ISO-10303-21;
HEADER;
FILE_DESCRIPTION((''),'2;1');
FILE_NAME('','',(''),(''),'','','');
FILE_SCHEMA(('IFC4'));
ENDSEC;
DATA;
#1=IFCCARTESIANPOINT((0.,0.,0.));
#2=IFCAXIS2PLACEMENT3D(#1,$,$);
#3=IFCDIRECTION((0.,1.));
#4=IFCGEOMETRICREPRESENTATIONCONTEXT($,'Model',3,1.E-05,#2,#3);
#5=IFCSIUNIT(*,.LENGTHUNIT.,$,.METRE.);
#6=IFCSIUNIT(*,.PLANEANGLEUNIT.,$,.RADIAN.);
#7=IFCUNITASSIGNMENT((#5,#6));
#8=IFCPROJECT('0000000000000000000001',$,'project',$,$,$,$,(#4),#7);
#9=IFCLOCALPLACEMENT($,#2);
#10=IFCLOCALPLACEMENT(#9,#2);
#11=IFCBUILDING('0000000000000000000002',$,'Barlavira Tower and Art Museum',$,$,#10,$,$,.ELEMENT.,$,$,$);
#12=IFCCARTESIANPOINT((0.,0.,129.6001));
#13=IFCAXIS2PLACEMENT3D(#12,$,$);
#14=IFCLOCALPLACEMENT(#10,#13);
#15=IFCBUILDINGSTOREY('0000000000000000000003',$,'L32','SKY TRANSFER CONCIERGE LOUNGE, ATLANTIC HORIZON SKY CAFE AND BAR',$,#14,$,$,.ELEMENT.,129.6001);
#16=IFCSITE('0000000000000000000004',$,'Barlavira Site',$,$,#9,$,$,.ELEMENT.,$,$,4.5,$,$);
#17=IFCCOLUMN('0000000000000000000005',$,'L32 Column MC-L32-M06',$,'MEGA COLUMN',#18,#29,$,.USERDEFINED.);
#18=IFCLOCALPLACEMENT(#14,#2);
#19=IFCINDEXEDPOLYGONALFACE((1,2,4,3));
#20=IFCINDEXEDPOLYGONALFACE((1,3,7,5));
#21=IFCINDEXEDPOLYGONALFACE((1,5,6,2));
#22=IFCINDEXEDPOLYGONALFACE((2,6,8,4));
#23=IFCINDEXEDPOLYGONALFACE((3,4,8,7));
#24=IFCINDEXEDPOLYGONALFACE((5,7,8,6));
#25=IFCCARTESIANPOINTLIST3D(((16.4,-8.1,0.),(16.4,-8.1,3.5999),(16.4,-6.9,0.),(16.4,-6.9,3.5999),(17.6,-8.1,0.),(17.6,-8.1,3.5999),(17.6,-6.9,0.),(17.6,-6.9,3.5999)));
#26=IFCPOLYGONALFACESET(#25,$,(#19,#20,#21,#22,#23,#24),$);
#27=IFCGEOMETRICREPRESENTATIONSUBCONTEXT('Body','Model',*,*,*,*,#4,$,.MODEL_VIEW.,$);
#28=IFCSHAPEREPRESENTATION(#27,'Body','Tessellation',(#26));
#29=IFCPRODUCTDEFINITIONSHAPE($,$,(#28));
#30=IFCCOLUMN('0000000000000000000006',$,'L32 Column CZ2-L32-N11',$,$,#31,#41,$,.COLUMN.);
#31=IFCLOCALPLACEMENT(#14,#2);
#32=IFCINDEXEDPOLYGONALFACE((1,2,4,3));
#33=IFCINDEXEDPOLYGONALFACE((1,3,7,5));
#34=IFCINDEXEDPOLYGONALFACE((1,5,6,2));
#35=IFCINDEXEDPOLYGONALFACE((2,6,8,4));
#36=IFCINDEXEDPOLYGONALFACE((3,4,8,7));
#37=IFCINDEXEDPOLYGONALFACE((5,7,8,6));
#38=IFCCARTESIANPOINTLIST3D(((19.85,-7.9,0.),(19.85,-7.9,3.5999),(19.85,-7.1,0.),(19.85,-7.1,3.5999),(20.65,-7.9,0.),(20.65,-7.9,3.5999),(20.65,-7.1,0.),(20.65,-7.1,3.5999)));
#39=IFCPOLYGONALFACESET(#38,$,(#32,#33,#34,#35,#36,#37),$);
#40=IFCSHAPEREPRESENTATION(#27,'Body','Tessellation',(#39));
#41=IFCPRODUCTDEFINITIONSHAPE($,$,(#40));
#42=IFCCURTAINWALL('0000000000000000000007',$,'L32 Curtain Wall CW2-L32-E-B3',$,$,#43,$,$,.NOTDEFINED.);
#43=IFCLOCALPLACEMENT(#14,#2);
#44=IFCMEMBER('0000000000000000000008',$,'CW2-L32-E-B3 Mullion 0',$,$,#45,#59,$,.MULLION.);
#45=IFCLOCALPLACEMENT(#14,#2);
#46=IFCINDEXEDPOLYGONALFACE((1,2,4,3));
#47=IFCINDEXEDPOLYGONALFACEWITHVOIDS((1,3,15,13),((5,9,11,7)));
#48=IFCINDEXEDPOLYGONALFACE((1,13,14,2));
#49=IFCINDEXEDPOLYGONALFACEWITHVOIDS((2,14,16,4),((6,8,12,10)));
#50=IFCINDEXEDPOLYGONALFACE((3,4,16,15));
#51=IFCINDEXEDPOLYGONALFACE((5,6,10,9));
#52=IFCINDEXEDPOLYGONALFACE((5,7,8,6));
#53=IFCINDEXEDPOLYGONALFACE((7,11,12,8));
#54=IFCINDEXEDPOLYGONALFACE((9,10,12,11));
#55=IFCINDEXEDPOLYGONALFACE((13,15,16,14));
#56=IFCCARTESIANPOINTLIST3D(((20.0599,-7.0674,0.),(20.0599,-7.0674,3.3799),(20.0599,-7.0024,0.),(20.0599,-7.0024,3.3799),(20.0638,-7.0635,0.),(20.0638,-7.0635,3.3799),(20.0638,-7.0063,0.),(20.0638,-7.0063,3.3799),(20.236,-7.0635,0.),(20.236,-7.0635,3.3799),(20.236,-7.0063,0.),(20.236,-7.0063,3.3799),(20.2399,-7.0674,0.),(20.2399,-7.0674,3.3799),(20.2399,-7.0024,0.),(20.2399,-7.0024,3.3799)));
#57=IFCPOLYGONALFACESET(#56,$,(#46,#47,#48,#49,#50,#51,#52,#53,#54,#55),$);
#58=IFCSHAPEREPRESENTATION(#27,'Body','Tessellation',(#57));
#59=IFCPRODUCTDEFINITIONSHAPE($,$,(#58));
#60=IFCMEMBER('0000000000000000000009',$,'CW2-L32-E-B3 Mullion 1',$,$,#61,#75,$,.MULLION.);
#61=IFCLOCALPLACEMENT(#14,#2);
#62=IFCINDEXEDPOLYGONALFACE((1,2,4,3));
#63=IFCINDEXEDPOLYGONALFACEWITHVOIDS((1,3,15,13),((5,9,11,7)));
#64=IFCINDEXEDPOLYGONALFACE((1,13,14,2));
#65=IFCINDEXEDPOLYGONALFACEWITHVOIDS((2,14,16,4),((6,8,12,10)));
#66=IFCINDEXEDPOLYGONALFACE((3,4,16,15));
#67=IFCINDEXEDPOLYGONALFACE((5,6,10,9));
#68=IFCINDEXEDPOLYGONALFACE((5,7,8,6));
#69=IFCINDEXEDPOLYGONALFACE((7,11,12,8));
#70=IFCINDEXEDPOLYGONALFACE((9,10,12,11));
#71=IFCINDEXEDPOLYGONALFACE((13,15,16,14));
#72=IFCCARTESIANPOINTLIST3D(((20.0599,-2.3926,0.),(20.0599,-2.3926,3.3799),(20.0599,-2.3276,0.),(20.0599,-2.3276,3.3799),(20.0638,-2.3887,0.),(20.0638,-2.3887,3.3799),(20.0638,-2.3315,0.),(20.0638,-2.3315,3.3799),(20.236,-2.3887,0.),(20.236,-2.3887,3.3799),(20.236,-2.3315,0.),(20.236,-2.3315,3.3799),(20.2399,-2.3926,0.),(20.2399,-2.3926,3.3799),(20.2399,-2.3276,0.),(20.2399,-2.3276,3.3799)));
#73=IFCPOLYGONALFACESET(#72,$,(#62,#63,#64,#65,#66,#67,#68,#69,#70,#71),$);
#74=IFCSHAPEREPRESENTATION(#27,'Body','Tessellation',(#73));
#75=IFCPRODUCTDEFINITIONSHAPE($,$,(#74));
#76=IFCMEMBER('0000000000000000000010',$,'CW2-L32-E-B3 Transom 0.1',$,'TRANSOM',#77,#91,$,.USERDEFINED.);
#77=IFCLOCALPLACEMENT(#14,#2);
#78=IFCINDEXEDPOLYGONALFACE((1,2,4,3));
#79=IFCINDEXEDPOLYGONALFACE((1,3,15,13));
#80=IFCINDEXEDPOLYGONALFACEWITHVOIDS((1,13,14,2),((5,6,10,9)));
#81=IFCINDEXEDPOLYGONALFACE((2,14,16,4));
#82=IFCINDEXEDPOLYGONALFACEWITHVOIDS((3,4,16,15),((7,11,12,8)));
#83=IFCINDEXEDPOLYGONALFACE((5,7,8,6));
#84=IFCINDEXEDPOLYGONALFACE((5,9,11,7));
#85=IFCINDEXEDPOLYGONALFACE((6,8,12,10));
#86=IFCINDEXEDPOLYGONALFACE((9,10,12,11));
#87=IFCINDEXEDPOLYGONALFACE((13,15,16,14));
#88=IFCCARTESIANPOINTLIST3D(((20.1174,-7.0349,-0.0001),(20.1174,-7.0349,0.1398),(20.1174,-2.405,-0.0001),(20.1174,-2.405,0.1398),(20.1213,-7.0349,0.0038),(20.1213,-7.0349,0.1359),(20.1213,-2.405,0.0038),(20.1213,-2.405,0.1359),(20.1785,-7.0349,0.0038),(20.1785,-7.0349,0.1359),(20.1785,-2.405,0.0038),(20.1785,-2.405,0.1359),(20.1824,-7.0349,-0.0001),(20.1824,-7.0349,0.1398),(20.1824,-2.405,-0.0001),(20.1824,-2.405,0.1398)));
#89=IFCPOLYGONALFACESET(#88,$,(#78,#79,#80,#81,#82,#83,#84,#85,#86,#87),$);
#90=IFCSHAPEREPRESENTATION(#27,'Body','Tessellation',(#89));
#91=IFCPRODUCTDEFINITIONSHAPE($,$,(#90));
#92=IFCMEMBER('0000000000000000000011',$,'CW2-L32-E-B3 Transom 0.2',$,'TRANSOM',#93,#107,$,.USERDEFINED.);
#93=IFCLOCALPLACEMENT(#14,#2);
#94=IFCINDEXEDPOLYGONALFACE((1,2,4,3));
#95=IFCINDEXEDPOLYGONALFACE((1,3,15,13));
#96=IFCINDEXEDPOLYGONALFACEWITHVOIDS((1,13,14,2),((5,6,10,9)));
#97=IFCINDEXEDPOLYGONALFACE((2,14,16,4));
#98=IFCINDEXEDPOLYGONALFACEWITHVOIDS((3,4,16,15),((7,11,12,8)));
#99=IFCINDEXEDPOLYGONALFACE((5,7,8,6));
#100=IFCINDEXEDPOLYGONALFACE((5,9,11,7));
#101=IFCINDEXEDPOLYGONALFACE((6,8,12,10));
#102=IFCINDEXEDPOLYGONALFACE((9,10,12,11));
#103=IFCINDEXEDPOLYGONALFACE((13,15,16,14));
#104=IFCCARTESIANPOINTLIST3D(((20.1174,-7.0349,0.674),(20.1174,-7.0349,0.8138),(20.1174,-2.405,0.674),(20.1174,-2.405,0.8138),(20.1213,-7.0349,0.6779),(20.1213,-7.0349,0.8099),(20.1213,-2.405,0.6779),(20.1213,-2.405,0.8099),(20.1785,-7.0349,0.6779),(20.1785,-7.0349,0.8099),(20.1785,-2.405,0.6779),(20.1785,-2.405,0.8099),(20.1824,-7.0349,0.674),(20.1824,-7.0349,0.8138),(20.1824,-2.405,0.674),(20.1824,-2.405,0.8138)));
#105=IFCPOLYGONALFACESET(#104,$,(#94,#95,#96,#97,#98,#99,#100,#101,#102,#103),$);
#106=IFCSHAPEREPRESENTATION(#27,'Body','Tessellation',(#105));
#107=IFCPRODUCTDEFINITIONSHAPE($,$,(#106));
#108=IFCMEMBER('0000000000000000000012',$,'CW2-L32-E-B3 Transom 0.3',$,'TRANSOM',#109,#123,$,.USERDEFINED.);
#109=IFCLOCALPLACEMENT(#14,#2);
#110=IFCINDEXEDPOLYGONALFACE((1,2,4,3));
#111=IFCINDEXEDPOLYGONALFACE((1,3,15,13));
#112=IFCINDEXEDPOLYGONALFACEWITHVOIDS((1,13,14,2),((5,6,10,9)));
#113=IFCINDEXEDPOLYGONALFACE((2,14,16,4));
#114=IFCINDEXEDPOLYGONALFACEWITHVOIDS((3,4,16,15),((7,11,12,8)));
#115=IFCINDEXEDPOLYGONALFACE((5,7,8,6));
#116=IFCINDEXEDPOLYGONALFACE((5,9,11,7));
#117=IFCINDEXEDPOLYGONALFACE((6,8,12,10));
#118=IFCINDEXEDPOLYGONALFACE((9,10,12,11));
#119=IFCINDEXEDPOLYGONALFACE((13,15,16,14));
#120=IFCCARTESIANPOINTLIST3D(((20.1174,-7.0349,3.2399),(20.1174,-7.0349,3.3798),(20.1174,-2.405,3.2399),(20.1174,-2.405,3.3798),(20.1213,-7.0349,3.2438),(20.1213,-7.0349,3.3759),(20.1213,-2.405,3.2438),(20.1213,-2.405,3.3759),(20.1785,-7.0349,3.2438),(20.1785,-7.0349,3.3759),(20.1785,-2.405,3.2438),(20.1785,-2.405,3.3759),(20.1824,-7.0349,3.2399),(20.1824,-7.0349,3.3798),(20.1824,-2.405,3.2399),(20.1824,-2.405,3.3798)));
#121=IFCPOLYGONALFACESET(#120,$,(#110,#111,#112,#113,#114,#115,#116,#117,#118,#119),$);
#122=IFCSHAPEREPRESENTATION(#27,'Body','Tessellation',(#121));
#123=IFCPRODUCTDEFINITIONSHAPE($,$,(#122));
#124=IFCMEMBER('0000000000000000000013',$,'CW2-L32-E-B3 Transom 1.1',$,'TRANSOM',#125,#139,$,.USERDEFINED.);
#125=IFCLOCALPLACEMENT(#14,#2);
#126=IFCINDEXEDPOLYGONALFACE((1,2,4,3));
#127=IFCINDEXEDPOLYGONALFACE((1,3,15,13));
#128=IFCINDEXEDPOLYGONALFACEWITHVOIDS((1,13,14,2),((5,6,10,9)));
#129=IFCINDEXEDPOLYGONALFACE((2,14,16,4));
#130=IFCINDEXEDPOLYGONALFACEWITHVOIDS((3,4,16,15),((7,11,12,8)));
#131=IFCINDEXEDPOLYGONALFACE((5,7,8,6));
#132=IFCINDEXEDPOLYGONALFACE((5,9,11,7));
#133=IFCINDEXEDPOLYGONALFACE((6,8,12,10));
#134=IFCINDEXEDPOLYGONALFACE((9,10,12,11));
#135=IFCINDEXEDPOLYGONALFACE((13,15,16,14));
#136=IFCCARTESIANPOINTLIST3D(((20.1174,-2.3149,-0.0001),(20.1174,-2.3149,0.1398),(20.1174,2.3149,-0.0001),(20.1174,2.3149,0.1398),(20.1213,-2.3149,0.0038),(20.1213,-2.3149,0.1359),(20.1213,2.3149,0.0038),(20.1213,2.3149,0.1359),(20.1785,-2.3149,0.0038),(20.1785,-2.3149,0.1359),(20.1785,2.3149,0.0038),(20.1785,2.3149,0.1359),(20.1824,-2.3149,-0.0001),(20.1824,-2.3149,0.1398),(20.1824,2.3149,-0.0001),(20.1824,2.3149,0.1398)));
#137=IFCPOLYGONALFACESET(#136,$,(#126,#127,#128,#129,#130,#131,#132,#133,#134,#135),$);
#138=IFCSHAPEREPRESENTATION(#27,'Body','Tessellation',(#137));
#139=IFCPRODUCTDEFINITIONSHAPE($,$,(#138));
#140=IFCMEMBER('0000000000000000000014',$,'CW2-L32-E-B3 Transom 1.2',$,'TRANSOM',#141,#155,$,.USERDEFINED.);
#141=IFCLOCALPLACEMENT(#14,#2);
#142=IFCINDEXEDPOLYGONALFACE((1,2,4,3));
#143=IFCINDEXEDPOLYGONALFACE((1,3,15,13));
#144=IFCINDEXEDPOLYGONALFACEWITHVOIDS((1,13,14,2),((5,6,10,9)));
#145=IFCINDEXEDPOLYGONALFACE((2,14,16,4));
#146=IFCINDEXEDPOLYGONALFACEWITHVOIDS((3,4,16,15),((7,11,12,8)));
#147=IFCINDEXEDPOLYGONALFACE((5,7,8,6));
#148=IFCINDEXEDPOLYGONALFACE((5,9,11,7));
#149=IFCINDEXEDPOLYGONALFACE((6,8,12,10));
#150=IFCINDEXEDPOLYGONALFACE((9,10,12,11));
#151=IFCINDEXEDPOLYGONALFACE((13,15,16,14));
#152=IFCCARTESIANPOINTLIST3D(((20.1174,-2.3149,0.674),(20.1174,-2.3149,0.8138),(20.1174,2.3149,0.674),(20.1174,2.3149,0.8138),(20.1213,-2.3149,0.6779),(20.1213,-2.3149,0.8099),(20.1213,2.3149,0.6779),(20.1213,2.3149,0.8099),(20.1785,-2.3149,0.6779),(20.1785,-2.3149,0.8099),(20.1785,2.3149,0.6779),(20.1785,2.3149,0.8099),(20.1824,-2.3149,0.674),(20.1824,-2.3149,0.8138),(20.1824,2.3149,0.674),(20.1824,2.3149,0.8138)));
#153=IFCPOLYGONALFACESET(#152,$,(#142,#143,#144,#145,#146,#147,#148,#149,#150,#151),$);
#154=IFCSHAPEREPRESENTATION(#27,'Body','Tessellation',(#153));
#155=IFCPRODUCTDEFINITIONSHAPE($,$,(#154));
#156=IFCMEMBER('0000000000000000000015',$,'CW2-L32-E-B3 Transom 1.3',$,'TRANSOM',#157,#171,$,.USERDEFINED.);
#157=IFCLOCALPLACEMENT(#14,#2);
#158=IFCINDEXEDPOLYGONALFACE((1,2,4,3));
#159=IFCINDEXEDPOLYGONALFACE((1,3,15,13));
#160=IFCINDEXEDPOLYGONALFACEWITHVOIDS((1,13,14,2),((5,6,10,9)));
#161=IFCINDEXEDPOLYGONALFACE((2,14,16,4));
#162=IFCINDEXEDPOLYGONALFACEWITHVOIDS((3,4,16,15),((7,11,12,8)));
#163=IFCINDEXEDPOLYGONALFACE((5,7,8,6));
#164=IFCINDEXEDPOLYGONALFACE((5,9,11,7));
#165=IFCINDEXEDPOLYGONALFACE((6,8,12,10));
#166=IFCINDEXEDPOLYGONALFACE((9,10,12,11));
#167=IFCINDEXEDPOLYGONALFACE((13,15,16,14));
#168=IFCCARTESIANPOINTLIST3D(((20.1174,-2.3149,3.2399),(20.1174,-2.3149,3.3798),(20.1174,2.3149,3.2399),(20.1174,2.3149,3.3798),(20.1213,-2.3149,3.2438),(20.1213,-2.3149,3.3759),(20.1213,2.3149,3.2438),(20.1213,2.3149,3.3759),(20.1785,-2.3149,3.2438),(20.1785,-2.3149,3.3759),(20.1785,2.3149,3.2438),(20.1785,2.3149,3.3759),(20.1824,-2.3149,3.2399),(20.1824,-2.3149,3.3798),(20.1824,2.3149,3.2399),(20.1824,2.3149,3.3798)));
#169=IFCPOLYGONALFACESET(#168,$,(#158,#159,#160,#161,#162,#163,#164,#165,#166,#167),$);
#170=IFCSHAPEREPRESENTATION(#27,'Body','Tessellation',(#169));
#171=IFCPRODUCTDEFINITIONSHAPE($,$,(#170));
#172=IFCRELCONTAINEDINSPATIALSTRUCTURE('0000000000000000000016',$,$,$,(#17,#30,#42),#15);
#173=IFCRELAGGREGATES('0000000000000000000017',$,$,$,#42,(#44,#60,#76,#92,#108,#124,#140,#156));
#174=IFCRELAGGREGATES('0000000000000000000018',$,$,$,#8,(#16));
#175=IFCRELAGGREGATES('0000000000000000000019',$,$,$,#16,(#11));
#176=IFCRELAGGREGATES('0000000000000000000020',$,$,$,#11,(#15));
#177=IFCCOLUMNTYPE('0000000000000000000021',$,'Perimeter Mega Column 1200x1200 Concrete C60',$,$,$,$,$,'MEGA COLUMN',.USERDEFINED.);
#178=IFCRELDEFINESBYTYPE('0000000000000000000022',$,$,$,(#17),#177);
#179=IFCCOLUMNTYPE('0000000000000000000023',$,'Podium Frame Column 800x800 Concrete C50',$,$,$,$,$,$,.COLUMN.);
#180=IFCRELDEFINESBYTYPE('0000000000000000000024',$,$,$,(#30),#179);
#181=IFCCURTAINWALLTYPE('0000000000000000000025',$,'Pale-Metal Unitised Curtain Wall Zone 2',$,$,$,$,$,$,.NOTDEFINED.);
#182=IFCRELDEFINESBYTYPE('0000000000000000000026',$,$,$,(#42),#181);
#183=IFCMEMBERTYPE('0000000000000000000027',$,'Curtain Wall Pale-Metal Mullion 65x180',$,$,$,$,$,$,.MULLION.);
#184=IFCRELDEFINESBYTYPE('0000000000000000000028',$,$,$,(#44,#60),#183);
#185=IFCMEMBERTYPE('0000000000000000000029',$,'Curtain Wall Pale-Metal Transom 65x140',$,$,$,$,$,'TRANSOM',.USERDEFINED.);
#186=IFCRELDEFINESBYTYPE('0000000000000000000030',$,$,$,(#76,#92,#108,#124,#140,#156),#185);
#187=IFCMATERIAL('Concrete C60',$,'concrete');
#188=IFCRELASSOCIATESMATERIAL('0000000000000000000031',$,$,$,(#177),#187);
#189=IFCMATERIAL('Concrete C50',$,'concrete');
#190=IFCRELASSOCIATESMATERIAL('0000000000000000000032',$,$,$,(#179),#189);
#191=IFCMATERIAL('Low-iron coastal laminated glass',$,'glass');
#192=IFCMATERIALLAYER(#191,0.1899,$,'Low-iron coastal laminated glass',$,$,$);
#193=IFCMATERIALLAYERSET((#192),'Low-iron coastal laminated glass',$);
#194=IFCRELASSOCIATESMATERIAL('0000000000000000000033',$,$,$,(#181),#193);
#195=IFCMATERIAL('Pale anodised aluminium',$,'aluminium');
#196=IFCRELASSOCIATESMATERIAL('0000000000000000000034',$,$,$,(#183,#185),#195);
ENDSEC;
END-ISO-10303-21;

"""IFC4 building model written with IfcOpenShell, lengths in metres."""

from ifc_helpers import new_model, si_unit, direction, frame, origin, origin_2d, place, context, subcontext, project, spatial, rectangle, hollow_rectangle, extrude, material, layer, layer_set, material_profile, profile_set, type_object, element, aggregate, save


model = new_model("IFC4")

# Units and contexts
model_context = context("Model", 3, precision=1e-05, world=origin(), true_north=direction((0.0, 1.0)))
body_context = subcontext(model_context, "Body", "Model", "MODEL_VIEW")
ifc_project = project(units=[si_unit("LENGTHUNIT", "METRE"), si_unit("PLANEANGLEUNIT", "RADIAN")], contexts=[model_context])

# Site, building, storey
site_placement = place(None, origin())
site = spatial("IfcSite", under=ifc_project, at=site_placement, Name="Barlavira Site", CompositionType="ELEMENT", RefElevation=4.5)
building_placement = place(site_placement, origin())
building = spatial("IfcBuilding", under=site, at=building_placement, Name="Barlavira Tower and Art Museum", CompositionType="ELEMENT")
storey_placement = place(building_placement, frame((0.0, 0.0, 129.6001)))
storey = spatial("IfcBuildingStorey", under=building, at=storey_placement, Name="L32", Description="SKY TRANSFER CONCIERGE LOUNGE, ATLANTIC HORIZON SKY CAFE AND BAR", CompositionType="ELEMENT", Elevation=129.6001)

# Columns
ifc_material_1 = material(Name="Concrete C60", Category="concrete")
ifc_material_profile_1 = material_profile(ifc_material_1, rectangle(XDim=1.2, YDim=1.2, at=origin_2d()), Name="RC-COL 1200x1200")
ifc_profile_set_1 = profile_set([ifc_material_profile_1], Name="Concrete C60")
column_type_1 = type_object("IfcColumnType", Name="Perimeter Mega Column 1200x1200 Concrete C60", ElementType="MEGA COLUMN", PredefinedType="USERDEFINED", material=ifc_profile_set_1)
column_1_placement = place(storey_placement, frame((17.0, -7.5, 0.0), z_axis=(0.0, 0.0, 1.0), x_axis=(1.0, 0.0, 0.0)))
element("IfcColumn", 1, at=column_1_placement, inside=storey, type_object=column_type_1, Name="L32 Column MC-L32-M06", ObjectType="MEGA COLUMN", PredefinedType="USERDEFINED", context=body_context, shape_type="SweptSolid", body=[
    extrude(rectangle(XDim=1.2, YDim=1.2, at=origin_2d()), origin(), (0.0, 0.0, 1.0), 3.5999),
])
ifc_material_2 = material(Name="Concrete C50", Category="concrete")
ifc_material_profile_2 = material_profile(ifc_material_2, rectangle(XDim=0.8, YDim=0.8, at=origin_2d()), Name="RC-COL 800x800")
ifc_profile_set_2 = profile_set([ifc_material_profile_2], Name="Concrete C50")
column_type_2 = type_object("IfcColumnType", Name="Podium Frame Column 800x800 Concrete C50", PredefinedType="COLUMN", material=ifc_profile_set_2)
column_2_placement = place(storey_placement, frame((20.25, -7.5, 0.0), z_axis=(0.0, 0.0, 1.0), x_axis=(1.0, 0.0, 0.0)))
element("IfcColumn", 2, at=column_2_placement, inside=storey, type_object=column_type_2, Name="L32 Column CZ2-L32-N11", PredefinedType="COLUMN", context=body_context, shape_type="SweptSolid", body=[
    extrude(rectangle(XDim=0.8, YDim=0.8, at=origin_2d()), origin(), (0.0, 0.0, 1.0), 3.5999),
])

# Curtain wall, members
ifc_material_3 = material(Name="Low-iron coastal laminated glass", Category="glass")
ifc_layer_1 = layer(ifc_material_3, 0.1899, Name="Low-iron coastal laminated glass")
ifc_layer_set_1 = layer_set([ifc_layer_1], Name="Low-iron coastal laminated glass")
curtain_wall_type = type_object("IfcCurtainWallType", Name="Pale-Metal Unitised Curtain Wall Zone 2", PredefinedType="NOTDEFINED", material=ifc_layer_set_1)
curtain_wall_placement = place(storey_placement, origin())
curtain_wall = element("IfcCurtainWall", 3, at=curtain_wall_placement, inside=storey, type_object=curtain_wall_type, Name="L32 Curtain Wall CW2-L32-E-B3", PredefinedType="NOTDEFINED")
ifc_material_4 = material(Name="Pale anodised aluminium", Category="aluminium")
ifc_material_profile_3 = material_profile(ifc_material_4, hollow_rectangle(XDim=0.0649, YDim=0.1799, WallThickness=0.0039, at=origin_2d()), Name="ALU-MULL 65x180x4")
ifc_profile_set_3 = profile_set([ifc_material_profile_3], Name="Pale anodised aluminium")
member_type_1 = type_object("IfcMemberType", Name="Curtain Wall Pale-Metal Mullion 65x180", PredefinedType="MULLION", material=ifc_profile_set_3)
member_1_placement = place(storey_placement, frame((20.1499, -7.0349, 0.0), z_axis=(0.0, 0.0, 1.0), x_axis=(0.0, 1.0, 0.0)))
member_1 = element("IfcMember", 4, at=member_1_placement, type_object=member_type_1, Name="CW2-L32-E-B3 Mullion 0", PredefinedType="MULLION", context=body_context, shape_type="SweptSolid", body=[
    extrude(hollow_rectangle(XDim=0.0649, YDim=0.1799, WallThickness=0.0039, at=origin_2d()), origin(), (0.0, 0.0, 1.0), 3.3799),
])
member_2_placement = place(storey_placement, frame((20.1499, -2.3601, 0.0), z_axis=(0.0, 0.0, 1.0), x_axis=(0.0, 1.0, 0.0)))
member_2 = element("IfcMember", 5, at=member_2_placement, type_object=member_type_1, Name="CW2-L32-E-B3 Mullion 1", PredefinedType="MULLION", context=body_context, shape_type="SweptSolid", body=[
    extrude(hollow_rectangle(XDim=0.0649, YDim=0.1799, WallThickness=0.0039, at=origin_2d()), origin(), (0.0, 0.0, 1.0), 3.3799),
])
ifc_material_profile_4 = material_profile(ifc_material_4, hollow_rectangle(XDim=0.0649, YDim=0.1399, WallThickness=0.0039, at=origin_2d()), Name="ALU-TRAN 65x140x4")
ifc_profile_set_4 = profile_set([ifc_material_profile_4], Name="Pale anodised aluminium")
member_type_2 = type_object("IfcMemberType", Name="Curtain Wall Pale-Metal Transom 65x140", ElementType="TRANSOM", PredefinedType="USERDEFINED", material=ifc_profile_set_4)
member_3_placement = place(storey_placement, frame((20.1499, -7.0349, 0.0698), z_axis=(0.0, 1.0, 0.0), x_axis=(-1.0, 0.0, 0.0)))
member_3 = element("IfcMember", 6, at=member_3_placement, type_object=member_type_2, Name="CW2-L32-E-B3 Transom 0.1", ObjectType="TRANSOM", PredefinedType="USERDEFINED", context=body_context, shape_type="SweptSolid", body=[
    extrude(hollow_rectangle(XDim=0.0649, YDim=0.1399, WallThickness=0.0039, at=origin_2d()), origin(), (0.0, 0.0, 1.0), 4.6299),
])
member_4_placement = place(storey_placement, frame((20.1499, -7.0349, 0.7439), z_axis=(0.0, 1.0, 0.0), x_axis=(-1.0, 0.0, 0.0)))
member_4 = element("IfcMember", 7, at=member_4_placement, type_object=member_type_2, Name="CW2-L32-E-B3 Transom 0.2", ObjectType="TRANSOM", PredefinedType="USERDEFINED", context=body_context, shape_type="SweptSolid", body=[
    extrude(hollow_rectangle(XDim=0.0649, YDim=0.1399, WallThickness=0.0039, at=origin_2d()), origin(), (0.0, 0.0, 1.0), 4.6299),
])
member_5_placement = place(storey_placement, frame((20.1499, -7.0349, 3.3098), z_axis=(0.0, 1.0, 0.0), x_axis=(-1.0, 0.0, 0.0)))
member_5 = element("IfcMember", 8, at=member_5_placement, type_object=member_type_2, Name="CW2-L32-E-B3 Transom 0.3", ObjectType="TRANSOM", PredefinedType="USERDEFINED", context=body_context, shape_type="SweptSolid", body=[
    extrude(hollow_rectangle(XDim=0.0649, YDim=0.1399, WallThickness=0.0039, at=origin_2d()), origin(), (0.0, 0.0, 1.0), 4.6299),
])
member_6_placement = place(storey_placement, frame((20.1499, -2.3149, 0.0698), z_axis=(0.0, 1.0, 0.0), x_axis=(-1.0, 0.0, 0.0)))
member_6 = element("IfcMember", 9, at=member_6_placement, type_object=member_type_2, Name="CW2-L32-E-B3 Transom 1.1", ObjectType="TRANSOM", PredefinedType="USERDEFINED", context=body_context, shape_type="SweptSolid", body=[
    extrude(hollow_rectangle(XDim=0.0649, YDim=0.1399, WallThickness=0.0039, at=origin_2d()), origin(), (0.0, 0.0, 1.0), 4.6299),
])
member_7_placement = place(storey_placement, frame((20.1499, -2.3149, 0.7439), z_axis=(0.0, 1.0, 0.0), x_axis=(-1.0, 0.0, 0.0)))
member_7 = element("IfcMember", 10, at=member_7_placement, type_object=member_type_2, Name="CW2-L32-E-B3 Transom 1.2", ObjectType="TRANSOM", PredefinedType="USERDEFINED", context=body_context, shape_type="SweptSolid", body=[
    extrude(hollow_rectangle(XDim=0.0649, YDim=0.1399, WallThickness=0.0039, at=origin_2d()), origin(), (0.0, 0.0, 1.0), 4.6299),
])
member_8_placement = place(storey_placement, frame((20.1499, -2.3149, 3.3098), z_axis=(0.0, 1.0, 0.0), x_axis=(-1.0, 0.0, 0.0)))
member_8 = element("IfcMember", 11, at=member_8_placement, type_object=member_type_2, Name="CW2-L32-E-B3 Transom 1.3", ObjectType="TRANSOM", PredefinedType="USERDEFINED", context=body_context, shape_type="SweptSolid", body=[
    extrude(hollow_rectangle(XDim=0.0649, YDim=0.1399, WallThickness=0.0039, at=origin_2d()), origin(), (0.0, 0.0, 1.0), 4.6299),
])

aggregate(curtain_wall, [member_1, member_2, member_3, member_4, member_5, member_6, member_7, member_8])

save(model, "model.ifc")
